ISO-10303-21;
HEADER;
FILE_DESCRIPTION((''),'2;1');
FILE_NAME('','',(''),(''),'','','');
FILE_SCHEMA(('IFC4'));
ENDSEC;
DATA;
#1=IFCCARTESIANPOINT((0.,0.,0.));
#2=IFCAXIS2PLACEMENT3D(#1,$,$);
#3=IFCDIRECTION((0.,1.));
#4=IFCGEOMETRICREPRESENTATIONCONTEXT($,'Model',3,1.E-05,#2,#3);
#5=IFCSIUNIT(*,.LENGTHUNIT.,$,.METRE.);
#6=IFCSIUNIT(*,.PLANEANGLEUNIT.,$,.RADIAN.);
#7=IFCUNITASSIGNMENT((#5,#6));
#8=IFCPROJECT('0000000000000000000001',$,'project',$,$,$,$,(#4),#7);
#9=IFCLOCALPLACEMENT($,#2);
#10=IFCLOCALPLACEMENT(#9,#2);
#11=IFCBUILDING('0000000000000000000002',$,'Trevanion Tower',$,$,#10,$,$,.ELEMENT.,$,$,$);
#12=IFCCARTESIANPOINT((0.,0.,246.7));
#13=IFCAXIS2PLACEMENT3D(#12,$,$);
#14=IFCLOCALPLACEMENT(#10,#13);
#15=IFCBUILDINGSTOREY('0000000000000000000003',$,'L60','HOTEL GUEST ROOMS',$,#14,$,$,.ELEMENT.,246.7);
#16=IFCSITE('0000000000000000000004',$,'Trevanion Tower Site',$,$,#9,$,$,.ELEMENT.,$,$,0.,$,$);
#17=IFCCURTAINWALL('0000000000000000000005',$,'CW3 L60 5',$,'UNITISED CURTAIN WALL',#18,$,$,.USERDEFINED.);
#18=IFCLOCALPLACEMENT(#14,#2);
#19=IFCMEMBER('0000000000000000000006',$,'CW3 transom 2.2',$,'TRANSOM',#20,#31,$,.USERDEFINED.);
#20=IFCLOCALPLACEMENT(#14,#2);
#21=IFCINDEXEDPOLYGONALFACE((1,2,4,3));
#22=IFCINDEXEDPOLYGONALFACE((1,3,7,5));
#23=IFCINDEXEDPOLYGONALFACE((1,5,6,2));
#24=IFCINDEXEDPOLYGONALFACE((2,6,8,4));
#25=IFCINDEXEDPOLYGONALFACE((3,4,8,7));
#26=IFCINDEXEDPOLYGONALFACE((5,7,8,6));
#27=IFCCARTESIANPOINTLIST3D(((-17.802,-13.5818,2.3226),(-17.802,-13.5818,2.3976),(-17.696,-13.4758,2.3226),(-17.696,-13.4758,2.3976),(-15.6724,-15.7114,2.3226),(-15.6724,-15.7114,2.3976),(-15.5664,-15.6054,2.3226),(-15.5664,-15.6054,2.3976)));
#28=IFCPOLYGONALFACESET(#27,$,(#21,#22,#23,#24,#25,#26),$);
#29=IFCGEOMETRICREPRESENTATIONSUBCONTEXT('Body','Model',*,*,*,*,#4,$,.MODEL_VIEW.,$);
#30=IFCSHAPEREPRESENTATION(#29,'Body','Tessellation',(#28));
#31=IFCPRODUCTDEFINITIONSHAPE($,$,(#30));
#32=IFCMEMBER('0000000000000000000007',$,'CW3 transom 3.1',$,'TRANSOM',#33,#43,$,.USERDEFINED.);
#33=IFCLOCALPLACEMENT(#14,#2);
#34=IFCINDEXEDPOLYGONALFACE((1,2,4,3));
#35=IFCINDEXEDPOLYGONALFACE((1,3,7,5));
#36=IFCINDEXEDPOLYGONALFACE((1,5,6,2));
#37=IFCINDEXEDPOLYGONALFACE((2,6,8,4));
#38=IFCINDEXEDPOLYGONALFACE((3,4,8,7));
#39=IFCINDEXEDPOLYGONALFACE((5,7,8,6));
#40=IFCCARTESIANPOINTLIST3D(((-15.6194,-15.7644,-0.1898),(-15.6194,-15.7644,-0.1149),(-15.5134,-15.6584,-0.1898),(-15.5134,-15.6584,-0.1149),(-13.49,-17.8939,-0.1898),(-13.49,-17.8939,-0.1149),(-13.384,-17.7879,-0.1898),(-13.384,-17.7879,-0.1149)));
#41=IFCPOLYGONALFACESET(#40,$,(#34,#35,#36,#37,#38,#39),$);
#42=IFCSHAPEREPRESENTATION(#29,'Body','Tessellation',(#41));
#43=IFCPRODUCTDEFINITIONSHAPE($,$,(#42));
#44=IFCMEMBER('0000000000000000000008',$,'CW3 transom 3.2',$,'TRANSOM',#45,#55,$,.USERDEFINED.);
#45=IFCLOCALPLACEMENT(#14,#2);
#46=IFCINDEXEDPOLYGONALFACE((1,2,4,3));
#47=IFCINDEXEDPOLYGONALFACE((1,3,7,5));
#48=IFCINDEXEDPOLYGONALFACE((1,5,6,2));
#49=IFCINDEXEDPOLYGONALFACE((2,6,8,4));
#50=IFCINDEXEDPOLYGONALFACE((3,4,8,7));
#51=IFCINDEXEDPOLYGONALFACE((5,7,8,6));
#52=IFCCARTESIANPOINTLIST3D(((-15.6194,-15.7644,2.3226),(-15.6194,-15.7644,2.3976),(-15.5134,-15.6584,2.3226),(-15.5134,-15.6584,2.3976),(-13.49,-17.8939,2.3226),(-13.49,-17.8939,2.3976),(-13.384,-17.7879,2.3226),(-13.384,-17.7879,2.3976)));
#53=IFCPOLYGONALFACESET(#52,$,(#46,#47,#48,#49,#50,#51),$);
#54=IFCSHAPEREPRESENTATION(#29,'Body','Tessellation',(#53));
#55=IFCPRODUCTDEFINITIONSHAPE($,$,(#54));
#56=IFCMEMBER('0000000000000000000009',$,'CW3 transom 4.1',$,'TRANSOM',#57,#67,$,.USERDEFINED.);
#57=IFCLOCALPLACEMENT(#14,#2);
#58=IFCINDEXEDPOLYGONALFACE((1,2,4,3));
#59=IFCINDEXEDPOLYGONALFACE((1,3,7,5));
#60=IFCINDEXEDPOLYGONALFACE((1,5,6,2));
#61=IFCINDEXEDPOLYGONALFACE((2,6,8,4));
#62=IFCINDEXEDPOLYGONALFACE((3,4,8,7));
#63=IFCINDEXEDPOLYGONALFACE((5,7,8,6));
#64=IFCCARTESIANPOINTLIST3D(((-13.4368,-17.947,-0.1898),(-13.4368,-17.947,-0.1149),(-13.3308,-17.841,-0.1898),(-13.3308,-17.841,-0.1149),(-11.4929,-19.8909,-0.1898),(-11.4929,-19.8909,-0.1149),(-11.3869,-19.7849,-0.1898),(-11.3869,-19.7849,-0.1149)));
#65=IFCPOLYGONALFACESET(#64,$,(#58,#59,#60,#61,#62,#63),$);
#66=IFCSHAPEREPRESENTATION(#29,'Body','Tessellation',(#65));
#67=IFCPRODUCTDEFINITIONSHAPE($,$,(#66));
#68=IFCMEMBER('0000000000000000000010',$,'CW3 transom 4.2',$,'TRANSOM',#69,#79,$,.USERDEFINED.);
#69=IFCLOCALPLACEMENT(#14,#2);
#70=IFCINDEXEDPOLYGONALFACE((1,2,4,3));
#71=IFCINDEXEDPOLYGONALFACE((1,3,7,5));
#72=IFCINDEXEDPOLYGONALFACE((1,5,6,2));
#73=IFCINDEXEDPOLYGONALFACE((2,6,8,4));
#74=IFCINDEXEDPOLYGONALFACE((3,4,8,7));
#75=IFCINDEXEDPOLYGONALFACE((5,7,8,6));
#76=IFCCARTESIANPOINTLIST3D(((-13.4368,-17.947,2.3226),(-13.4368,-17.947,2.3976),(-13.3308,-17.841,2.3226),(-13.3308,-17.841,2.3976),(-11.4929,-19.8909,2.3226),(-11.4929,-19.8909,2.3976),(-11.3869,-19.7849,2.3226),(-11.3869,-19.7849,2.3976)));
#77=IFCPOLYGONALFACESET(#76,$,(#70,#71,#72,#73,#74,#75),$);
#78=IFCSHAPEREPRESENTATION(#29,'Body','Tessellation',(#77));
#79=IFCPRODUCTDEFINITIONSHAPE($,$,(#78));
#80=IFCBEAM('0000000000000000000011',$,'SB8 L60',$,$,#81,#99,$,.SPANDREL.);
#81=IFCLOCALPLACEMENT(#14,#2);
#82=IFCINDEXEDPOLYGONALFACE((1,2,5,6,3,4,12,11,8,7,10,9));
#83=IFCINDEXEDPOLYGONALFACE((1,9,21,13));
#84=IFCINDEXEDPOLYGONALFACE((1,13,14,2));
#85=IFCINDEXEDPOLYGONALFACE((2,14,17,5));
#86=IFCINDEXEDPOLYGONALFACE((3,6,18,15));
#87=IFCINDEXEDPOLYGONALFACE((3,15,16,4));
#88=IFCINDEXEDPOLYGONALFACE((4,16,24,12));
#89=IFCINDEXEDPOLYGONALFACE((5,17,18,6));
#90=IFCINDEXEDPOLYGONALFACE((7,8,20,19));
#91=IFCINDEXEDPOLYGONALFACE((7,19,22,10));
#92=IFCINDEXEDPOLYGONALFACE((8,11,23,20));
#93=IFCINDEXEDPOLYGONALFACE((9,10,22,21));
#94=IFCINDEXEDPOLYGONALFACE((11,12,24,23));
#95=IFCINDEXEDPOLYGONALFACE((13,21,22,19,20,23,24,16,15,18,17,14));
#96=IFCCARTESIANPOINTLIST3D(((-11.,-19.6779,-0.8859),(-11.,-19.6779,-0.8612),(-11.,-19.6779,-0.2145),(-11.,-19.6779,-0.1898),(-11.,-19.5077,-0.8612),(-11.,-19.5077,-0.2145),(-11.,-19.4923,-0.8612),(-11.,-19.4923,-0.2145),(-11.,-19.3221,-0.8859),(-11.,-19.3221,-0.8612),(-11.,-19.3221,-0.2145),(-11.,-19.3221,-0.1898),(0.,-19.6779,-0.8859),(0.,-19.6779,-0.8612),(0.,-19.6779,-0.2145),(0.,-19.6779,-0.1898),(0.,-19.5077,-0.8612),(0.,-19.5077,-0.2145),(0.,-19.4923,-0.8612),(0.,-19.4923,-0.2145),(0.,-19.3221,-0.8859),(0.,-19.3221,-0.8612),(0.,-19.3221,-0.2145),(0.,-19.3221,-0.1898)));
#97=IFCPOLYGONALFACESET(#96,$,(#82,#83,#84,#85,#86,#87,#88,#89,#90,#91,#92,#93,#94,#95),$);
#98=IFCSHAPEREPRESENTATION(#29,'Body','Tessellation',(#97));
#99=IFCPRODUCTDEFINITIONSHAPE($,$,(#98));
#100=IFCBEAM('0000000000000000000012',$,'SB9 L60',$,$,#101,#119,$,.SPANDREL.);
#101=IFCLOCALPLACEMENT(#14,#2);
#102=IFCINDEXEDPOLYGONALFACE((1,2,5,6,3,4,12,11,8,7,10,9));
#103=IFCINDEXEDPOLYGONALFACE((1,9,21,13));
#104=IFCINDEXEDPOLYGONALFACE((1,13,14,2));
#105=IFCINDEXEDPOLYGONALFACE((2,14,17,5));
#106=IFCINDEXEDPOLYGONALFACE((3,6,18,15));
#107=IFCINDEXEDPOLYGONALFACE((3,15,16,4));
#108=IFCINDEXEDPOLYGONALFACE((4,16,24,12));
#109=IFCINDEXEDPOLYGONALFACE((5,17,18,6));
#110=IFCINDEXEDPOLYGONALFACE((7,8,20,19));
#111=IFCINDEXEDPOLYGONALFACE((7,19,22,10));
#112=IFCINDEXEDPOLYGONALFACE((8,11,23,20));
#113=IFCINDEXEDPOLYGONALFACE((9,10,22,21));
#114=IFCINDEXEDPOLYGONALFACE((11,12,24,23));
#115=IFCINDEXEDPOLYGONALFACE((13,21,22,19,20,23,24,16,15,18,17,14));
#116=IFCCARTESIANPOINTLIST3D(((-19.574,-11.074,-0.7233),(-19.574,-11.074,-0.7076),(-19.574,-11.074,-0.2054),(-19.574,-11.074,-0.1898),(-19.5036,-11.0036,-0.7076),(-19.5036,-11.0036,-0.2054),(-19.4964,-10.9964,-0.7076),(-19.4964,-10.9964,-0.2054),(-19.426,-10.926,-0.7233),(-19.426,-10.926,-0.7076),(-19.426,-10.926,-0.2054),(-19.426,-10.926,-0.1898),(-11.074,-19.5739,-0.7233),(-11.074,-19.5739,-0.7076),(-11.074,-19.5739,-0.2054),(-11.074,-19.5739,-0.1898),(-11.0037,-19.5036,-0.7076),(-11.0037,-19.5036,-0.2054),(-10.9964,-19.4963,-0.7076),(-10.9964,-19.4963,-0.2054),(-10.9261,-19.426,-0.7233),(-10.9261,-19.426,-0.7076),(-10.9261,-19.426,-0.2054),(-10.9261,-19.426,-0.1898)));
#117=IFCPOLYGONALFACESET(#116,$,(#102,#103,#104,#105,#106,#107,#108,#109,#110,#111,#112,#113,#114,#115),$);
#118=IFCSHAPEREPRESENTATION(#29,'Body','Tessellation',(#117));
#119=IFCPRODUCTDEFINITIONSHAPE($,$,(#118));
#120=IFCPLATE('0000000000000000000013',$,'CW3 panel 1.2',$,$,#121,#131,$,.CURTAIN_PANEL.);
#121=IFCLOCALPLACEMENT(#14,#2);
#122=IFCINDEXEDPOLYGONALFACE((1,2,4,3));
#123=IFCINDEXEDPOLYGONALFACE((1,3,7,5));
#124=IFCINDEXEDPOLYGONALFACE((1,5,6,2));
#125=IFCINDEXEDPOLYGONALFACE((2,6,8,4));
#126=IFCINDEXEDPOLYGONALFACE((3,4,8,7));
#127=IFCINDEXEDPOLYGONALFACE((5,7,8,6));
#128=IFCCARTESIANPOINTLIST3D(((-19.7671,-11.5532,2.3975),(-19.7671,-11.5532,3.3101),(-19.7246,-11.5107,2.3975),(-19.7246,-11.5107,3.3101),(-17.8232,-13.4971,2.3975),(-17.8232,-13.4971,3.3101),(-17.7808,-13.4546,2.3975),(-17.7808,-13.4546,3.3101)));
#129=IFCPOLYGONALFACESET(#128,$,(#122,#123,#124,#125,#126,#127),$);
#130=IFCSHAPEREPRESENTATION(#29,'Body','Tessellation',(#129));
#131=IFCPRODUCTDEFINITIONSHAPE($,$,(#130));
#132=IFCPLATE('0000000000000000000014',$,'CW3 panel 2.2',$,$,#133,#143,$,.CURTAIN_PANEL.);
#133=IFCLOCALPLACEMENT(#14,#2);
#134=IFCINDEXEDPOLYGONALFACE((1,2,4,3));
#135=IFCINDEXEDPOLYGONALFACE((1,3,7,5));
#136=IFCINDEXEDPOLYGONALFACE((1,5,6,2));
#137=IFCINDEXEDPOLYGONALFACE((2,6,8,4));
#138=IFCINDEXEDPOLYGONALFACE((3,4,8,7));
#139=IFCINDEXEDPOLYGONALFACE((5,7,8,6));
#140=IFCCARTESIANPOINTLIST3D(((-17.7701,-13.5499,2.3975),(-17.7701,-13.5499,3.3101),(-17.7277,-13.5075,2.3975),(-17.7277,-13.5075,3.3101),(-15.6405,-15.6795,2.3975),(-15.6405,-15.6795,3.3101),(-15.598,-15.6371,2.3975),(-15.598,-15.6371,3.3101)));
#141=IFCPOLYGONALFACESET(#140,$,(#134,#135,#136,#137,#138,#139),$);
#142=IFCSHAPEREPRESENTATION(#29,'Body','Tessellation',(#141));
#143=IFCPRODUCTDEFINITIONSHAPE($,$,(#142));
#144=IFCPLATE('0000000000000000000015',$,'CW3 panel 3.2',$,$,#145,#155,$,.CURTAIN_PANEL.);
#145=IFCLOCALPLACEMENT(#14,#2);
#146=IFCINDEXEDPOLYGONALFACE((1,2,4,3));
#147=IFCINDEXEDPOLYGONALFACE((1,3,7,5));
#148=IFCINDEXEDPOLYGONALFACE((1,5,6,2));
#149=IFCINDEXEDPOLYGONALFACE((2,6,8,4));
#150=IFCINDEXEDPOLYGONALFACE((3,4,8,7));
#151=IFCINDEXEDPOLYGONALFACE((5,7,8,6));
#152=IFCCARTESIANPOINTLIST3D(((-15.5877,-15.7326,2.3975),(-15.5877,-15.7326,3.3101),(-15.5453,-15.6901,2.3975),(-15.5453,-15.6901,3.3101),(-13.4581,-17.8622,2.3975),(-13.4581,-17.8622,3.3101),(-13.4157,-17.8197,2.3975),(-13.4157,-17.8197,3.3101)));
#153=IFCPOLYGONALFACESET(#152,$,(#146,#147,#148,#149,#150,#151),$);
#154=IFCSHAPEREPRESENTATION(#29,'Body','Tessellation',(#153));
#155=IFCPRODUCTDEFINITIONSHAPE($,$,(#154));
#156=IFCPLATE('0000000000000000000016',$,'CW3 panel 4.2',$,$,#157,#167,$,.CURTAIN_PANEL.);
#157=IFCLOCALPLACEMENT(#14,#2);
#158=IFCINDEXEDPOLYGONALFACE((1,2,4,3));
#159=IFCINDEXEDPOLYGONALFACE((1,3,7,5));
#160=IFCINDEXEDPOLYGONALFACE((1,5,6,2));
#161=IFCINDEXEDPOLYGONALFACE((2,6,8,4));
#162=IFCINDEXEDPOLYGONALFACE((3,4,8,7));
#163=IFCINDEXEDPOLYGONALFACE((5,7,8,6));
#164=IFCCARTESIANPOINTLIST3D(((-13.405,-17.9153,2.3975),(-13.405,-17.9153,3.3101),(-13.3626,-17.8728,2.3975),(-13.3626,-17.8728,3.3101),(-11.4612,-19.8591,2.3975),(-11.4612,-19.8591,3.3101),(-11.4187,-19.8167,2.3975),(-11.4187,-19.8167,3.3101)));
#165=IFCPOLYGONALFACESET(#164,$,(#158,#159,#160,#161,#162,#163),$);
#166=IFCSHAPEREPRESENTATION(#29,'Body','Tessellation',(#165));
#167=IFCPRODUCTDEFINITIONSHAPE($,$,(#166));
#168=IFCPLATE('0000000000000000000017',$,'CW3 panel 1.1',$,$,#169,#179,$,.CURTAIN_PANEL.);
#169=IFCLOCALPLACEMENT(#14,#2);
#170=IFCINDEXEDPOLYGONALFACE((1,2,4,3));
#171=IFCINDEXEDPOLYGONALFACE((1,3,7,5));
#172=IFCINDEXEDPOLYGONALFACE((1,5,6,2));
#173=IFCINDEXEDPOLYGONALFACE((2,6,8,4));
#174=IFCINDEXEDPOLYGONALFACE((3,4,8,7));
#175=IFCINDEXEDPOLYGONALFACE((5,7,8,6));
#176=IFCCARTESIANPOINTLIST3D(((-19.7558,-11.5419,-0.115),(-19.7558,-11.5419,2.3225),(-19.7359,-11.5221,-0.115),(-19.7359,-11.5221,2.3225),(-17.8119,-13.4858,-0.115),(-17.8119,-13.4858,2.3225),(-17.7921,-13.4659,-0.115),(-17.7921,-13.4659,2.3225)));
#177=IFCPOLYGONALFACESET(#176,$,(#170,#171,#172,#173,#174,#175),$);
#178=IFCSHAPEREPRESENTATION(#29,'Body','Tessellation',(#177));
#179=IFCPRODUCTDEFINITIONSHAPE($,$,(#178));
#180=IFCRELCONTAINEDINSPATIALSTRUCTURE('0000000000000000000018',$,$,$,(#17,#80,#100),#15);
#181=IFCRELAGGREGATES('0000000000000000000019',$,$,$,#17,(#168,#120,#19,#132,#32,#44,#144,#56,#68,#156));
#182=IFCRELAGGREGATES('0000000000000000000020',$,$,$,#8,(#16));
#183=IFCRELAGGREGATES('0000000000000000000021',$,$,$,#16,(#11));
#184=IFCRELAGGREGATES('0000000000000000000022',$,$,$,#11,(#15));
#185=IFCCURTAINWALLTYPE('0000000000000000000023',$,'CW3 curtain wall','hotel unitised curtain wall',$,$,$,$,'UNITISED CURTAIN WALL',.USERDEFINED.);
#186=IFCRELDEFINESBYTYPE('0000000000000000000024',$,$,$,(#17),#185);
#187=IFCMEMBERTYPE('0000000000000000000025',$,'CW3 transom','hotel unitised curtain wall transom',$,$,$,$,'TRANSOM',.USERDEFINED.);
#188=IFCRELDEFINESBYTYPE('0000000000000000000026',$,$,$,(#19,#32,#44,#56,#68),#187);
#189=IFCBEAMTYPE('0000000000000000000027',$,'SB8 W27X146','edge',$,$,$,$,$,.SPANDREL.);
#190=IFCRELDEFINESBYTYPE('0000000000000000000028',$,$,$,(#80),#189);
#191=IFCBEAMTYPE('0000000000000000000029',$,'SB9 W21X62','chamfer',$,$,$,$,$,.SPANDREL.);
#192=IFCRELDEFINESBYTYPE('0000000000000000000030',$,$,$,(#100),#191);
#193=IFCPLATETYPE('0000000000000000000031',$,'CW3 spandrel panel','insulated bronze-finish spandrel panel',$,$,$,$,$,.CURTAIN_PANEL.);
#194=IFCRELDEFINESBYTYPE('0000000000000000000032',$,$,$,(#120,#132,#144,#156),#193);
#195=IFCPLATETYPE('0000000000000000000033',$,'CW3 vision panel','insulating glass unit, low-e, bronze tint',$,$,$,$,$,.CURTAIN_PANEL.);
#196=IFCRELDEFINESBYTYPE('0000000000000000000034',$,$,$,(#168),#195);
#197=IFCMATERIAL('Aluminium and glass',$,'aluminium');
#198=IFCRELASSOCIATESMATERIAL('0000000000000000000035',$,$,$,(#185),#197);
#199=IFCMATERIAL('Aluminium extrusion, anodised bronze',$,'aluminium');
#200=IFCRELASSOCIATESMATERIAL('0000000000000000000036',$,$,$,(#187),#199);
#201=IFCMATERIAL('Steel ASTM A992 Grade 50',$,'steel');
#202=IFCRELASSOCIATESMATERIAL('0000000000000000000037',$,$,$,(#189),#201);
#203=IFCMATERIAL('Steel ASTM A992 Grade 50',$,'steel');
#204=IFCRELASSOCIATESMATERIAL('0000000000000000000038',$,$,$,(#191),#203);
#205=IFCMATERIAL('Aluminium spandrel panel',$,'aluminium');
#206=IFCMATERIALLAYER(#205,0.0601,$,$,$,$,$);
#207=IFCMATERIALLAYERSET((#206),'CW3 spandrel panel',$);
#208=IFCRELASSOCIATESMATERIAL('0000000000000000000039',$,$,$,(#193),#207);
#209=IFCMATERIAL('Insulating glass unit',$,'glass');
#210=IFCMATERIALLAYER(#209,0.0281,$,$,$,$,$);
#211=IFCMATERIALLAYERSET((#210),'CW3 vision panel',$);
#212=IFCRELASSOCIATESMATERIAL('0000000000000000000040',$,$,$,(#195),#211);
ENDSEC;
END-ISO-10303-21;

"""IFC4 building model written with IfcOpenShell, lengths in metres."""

from ifc_helpers import new_model, si_unit, direction, frame, origin, origin_2d, place, context, subcontext, project, spatial, rectangle, i_section, extrude, material, layer, layer_set, material_profile, profile_set, type_object, element, aggregate, save


model = new_model("IFC4")

# Units and contexts
model_context = context("Model", 3, precision=1e-05, world=origin(), true_north=direction((0.0, 1.0)))
body_context = subcontext(model_context, "Body", "Model", "MODEL_VIEW")
ifc_project = project(units=[si_unit("LENGTHUNIT", "METRE"), si_unit("PLANEANGLEUNIT", "RADIAN")], contexts=[model_context])

# Site, building, storey
site_placement = place(None, origin())
site = spatial("IfcSite", under=ifc_project, at=site_placement, Name="Trevanion Tower Site", CompositionType="ELEMENT", RefElevation=0.0)
building_placement = place(site_placement, origin())
building = spatial("IfcBuilding", under=site, at=building_placement, Name="Trevanion Tower", CompositionType="ELEMENT")
storey_placement = place(building_placement, frame((0.0, 0.0, 246.7)))
storey = spatial("IfcBuildingStorey", under=building, at=storey_placement, Name="L60", Description="HOTEL GUEST ROOMS", CompositionType="ELEMENT", Elevation=246.7)

# Curtain wall
ifc_material_1 = material(Name="Aluminium and glass", Category="aluminium")
curtain_wall_type = type_object("IfcCurtainWallType", Name="CW3 curtain wall", Description="hotel unitised curtain wall", ElementType="UNITISED CURTAIN WALL", PredefinedType="USERDEFINED", material=ifc_material_1)
curtain_wall_1_placement = place(storey_placement, origin())
curtain_wall_1 = element("IfcCurtainWall", 1, at=curtain_wall_1_placement, inside=storey, type_object=curtain_wall_type, Name="CW3 L60 5", ObjectType="UNITISED CURTAIN WALL", PredefinedType="USERDEFINED")

# Members
ifc_material_2 = material(Name="Aluminium extrusion, anodised bronze", Category="aluminium")
ifc_material_profile_1 = material_profile(ifc_material_2, rectangle(XDim=0.1499, YDim=0.075, at=origin_2d()), Name="CW3 transom")
ifc_profile_set_1 = profile_set([ifc_material_profile_1], Name="Aluminium extrusion, anodised bronze")
member_type_1 = type_object("IfcMemberType", Name="CW3 transom", Description="hotel unitised curtain wall transom", ElementType="TRANSOM", PredefinedType="USERDEFINED", material=ifc_profile_set_1)
member_1_placement = place(storey_placement, frame((-17.749, -13.5288, 2.3601), z_axis=(0.707107, -0.707107, 0.0), x_axis=(0.707107, 0.707107, 0.0)))
member_1 = element("IfcMember", 2, at=member_1_placement, type_object=member_type_1, Name="CW3 transom 2.2", ObjectType="TRANSOM", PredefinedType="USERDEFINED", context=body_context, shape_type="SweptSolid", body=[
    extrude(rectangle(XDim=0.1499, YDim=0.075, at=origin_2d()), origin(), (0.0, 0.0, 1.0), 3.0117),
])
member_2_placement = place(storey_placement, frame((-15.5664, -15.7114, -0.1523), z_axis=(0.707107, -0.707107, 0.0), x_axis=(0.707107, 0.707107, 0.0)))
member_2 = element("IfcMember", 3, at=member_2_placement, type_object=member_type_1, Name="CW3 transom 3.1", ObjectType="TRANSOM", PredefinedType="USERDEFINED", context=body_context, shape_type="SweptSolid", body=[
    extrude(rectangle(XDim=0.1499, YDim=0.075, at=origin_2d()), origin(), (0.0, 0.0, 1.0), 3.0115),
])
member_3_placement = place(storey_placement, frame((-15.5664, -15.7114, 2.3601), z_axis=(0.707107, -0.707107, 0.0), x_axis=(0.707107, 0.707107, 0.0)))
member_3 = element("IfcMember", 4, at=member_3_placement, type_object=member_type_1, Name="CW3 transom 3.2", ObjectType="TRANSOM", PredefinedType="USERDEFINED", context=body_context, shape_type="SweptSolid", body=[
    extrude(rectangle(XDim=0.1499, YDim=0.075, at=origin_2d()), origin(), (0.0, 0.0, 1.0), 3.0115),
])
member_4_placement = place(storey_placement, frame((-13.3838, -17.894, -0.1523), z_axis=(0.707107, -0.707107, 0.0), x_axis=(0.707107, 0.707107, 0.0)))
member_4 = element("IfcMember", 5, at=member_4_placement, type_object=member_type_1, Name="CW3 transom 4.1", ObjectType="TRANSOM", PredefinedType="USERDEFINED", context=body_context, shape_type="SweptSolid", body=[
    extrude(rectangle(XDim=0.1499, YDim=0.075, at=origin_2d()), origin(), (0.0, 0.0, 1.0), 2.749),
])
member_5_placement = place(storey_placement, frame((-13.3838, -17.894, 2.3601), z_axis=(0.707107, -0.707107, 0.0), x_axis=(0.707107, 0.707107, 0.0)))
member_5 = element("IfcMember", 6, at=member_5_placement, type_object=member_type_1, Name="CW3 transom 4.2", ObjectType="TRANSOM", PredefinedType="USERDEFINED", context=body_context, shape_type="SweptSolid", body=[
    extrude(rectangle(XDim=0.1499, YDim=0.075, at=origin_2d()), origin(), (0.0, 0.0, 1.0), 2.749),
])

# Beams
ifc_material_3 = material(Name="Steel ASTM A992 Grade 50", Category="steel")
ifc_material_profile_2 = material_profile(ifc_material_3, i_section(OverallWidth=0.3557, OverallDepth=0.696, WebThickness=0.0154, FlangeThickness=0.0247, at=origin_2d()), Name="W27X146")
ifc_profile_set_2 = profile_set([ifc_material_profile_2], Name="Steel ASTM A992 Grade 50")
beam_type_1 = type_object("IfcBeamType", Name="SB8 W27X146", Description="edge", PredefinedType="SPANDREL", material=ifc_profile_set_2)
beam_1_placement = place(storey_placement, frame((-11.0, -19.5, -0.5378), z_axis=(1.0, 0.0, 0.0), x_axis=(0.0, 1.0, 0.0)))
element("IfcBeam", 7, at=beam_1_placement, inside=storey, type_object=beam_type_1, Name="SB8 L60", PredefinedType="SPANDREL", context=body_context, shape_type="SweptSolid", body=[
    extrude(i_section(OverallWidth=0.3557, OverallDepth=0.696, WebThickness=0.0154, FlangeThickness=0.0247, at=origin_2d()), origin(), (0.0, 0.0, 1.0), 11.0),
])
ifc_material_4 = material(Name="Steel ASTM A992 Grade 50", Category="steel")
ifc_material_profile_3 = material_profile(ifc_material_4, i_section(OverallWidth=0.2092, OverallDepth=0.5334, WebThickness=0.0103, FlangeThickness=0.0156, at=origin_2d()), Name="W21X62")
ifc_profile_set_3 = profile_set([ifc_material_profile_3], Name="Steel ASTM A992 Grade 50")
beam_type_2 = type_object("IfcBeamType", Name="SB9 W21X62", Description="chamfer", PredefinedType="SPANDREL", material=ifc_profile_set_3)
beam_2_placement = place(storey_placement, frame((-19.5, -11.0, -0.4565), z_axis=(0.707107, -0.707107, 0.0), x_axis=(0.707107, 0.707107, 0.0)))
element("IfcBeam", 8, at=beam_2_placement, inside=storey, type_object=beam_type_2, Name="SB9 L60", PredefinedType="SPANDREL", context=body_context, shape_type="SweptSolid", body=[
    extrude(i_section(OverallWidth=0.2092, OverallDepth=0.5334, WebThickness=0.0103, FlangeThickness=0.0156, at=origin_2d()), origin(), (0.0, 0.0, 1.0), 12.0208),
])

# Plates
ifc_material_5 = material(Name="Aluminium spandrel panel", Category="aluminium")
ifc_layer_1 = layer(ifc_material_5, 0.0601)
ifc_layer_set_1 = layer_set([ifc_layer_1], Name="CW3 spandrel panel")
plate_type_1 = type_object("IfcPlateType", Name="CW3 spandrel panel", Description="insulated bronze-finish spandrel panel", PredefinedType="CURTAIN_PANEL", material=ifc_layer_set_1)
plate_1_placement = place(storey_placement, frame((-18.7739, -12.5039, 2.3975), z_axis=(0.0, 0.0, 1.0), x_axis=(0.707107, -0.707107, 0.0)))
plate_1 = element("IfcPlate", 9, at=plate_1_placement, type_object=plate_type_1, Name="CW3 panel 1.2", PredefinedType="CURTAIN_PANEL", context=body_context, shape_type="SweptSolid", body=[
    extrude(rectangle(XDim=2.749, YDim=0.0601, at=origin_2d()), origin(), (0.0, 0.0, 1.0), 0.9126),
])
plate_2_placement = place(storey_placement, frame((-16.6841, -14.5935, 2.3975), z_axis=(0.0, 0.0, 1.0), x_axis=(0.707107, -0.707107, 0.0)))
plate_2 = element("IfcPlate", 10, at=plate_2_placement, type_object=plate_type_1, Name="CW3 panel 2.2", PredefinedType="CURTAIN_PANEL", context=body_context, shape_type="SweptSolid", body=[
    extrude(rectangle(XDim=3.0117, YDim=0.0601, at=origin_2d()), origin(), (0.0, 0.0, 1.0), 0.9126),
])
plate_3_placement = place(storey_placement, frame((-14.5017, -16.7761, 2.3975), z_axis=(0.0, 0.0, 1.0), x_axis=(0.707107, -0.707107, 0.0)))
plate_3 = element("IfcPlate", 11, at=plate_3_placement, type_object=plate_type_1, Name="CW3 panel 3.2", PredefinedType="CURTAIN_PANEL", context=body_context, shape_type="SweptSolid", body=[
    extrude(rectangle(XDim=3.0117, YDim=0.0601, at=origin_2d()), origin(), (0.0, 0.0, 1.0), 0.9126),
])
plate_4_placement = place(storey_placement, frame((-12.4119, -18.866, 2.3975), z_axis=(0.0, 0.0, 1.0), x_axis=(0.707107, -0.707107, 0.0)))
plate_4 = element("IfcPlate", 12, at=plate_4_placement, type_object=plate_type_1, Name="CW3 panel 4.2", PredefinedType="CURTAIN_PANEL", context=body_context, shape_type="SweptSolid", body=[
    extrude(rectangle(XDim=2.749, YDim=0.0601, at=origin_2d()), origin(), (0.0, 0.0, 1.0), 0.9126),
])
ifc_material_6 = material(Name="Insulating glass unit", Category="glass")
ifc_layer_2 = layer(ifc_material_6, 0.0281)
ifc_layer_set_2 = layer_set([ifc_layer_2], Name="CW3 vision panel")
plate_type_2 = type_object("IfcPlateType", Name="CW3 vision panel", Description="insulating glass unit, low-e, bronze tint", PredefinedType="CURTAIN_PANEL", material=ifc_layer_set_2)
plate_5_placement = place(storey_placement, frame((-18.7739, -12.5039, -0.115), z_axis=(0.0, 0.0, 1.0), x_axis=(0.707107, -0.707107, 0.0)))
plate_5 = element("IfcPlate", 13, at=plate_5_placement, type_object=plate_type_2, Name="CW3 panel 1.1", PredefinedType="CURTAIN_PANEL", context=body_context, shape_type="SweptSolid", body=[
    extrude(rectangle(XDim=2.749, YDim=0.0281, at=origin_2d()), origin(), (0.0, 0.0, 1.0), 2.4375),
])
aggregate(curtain_wall_1, [plate_5, plate_1, member_1, plate_2, member_2, member_3, plate_3, member_4, member_5, plate_4])

save(model, "model.ifc")
